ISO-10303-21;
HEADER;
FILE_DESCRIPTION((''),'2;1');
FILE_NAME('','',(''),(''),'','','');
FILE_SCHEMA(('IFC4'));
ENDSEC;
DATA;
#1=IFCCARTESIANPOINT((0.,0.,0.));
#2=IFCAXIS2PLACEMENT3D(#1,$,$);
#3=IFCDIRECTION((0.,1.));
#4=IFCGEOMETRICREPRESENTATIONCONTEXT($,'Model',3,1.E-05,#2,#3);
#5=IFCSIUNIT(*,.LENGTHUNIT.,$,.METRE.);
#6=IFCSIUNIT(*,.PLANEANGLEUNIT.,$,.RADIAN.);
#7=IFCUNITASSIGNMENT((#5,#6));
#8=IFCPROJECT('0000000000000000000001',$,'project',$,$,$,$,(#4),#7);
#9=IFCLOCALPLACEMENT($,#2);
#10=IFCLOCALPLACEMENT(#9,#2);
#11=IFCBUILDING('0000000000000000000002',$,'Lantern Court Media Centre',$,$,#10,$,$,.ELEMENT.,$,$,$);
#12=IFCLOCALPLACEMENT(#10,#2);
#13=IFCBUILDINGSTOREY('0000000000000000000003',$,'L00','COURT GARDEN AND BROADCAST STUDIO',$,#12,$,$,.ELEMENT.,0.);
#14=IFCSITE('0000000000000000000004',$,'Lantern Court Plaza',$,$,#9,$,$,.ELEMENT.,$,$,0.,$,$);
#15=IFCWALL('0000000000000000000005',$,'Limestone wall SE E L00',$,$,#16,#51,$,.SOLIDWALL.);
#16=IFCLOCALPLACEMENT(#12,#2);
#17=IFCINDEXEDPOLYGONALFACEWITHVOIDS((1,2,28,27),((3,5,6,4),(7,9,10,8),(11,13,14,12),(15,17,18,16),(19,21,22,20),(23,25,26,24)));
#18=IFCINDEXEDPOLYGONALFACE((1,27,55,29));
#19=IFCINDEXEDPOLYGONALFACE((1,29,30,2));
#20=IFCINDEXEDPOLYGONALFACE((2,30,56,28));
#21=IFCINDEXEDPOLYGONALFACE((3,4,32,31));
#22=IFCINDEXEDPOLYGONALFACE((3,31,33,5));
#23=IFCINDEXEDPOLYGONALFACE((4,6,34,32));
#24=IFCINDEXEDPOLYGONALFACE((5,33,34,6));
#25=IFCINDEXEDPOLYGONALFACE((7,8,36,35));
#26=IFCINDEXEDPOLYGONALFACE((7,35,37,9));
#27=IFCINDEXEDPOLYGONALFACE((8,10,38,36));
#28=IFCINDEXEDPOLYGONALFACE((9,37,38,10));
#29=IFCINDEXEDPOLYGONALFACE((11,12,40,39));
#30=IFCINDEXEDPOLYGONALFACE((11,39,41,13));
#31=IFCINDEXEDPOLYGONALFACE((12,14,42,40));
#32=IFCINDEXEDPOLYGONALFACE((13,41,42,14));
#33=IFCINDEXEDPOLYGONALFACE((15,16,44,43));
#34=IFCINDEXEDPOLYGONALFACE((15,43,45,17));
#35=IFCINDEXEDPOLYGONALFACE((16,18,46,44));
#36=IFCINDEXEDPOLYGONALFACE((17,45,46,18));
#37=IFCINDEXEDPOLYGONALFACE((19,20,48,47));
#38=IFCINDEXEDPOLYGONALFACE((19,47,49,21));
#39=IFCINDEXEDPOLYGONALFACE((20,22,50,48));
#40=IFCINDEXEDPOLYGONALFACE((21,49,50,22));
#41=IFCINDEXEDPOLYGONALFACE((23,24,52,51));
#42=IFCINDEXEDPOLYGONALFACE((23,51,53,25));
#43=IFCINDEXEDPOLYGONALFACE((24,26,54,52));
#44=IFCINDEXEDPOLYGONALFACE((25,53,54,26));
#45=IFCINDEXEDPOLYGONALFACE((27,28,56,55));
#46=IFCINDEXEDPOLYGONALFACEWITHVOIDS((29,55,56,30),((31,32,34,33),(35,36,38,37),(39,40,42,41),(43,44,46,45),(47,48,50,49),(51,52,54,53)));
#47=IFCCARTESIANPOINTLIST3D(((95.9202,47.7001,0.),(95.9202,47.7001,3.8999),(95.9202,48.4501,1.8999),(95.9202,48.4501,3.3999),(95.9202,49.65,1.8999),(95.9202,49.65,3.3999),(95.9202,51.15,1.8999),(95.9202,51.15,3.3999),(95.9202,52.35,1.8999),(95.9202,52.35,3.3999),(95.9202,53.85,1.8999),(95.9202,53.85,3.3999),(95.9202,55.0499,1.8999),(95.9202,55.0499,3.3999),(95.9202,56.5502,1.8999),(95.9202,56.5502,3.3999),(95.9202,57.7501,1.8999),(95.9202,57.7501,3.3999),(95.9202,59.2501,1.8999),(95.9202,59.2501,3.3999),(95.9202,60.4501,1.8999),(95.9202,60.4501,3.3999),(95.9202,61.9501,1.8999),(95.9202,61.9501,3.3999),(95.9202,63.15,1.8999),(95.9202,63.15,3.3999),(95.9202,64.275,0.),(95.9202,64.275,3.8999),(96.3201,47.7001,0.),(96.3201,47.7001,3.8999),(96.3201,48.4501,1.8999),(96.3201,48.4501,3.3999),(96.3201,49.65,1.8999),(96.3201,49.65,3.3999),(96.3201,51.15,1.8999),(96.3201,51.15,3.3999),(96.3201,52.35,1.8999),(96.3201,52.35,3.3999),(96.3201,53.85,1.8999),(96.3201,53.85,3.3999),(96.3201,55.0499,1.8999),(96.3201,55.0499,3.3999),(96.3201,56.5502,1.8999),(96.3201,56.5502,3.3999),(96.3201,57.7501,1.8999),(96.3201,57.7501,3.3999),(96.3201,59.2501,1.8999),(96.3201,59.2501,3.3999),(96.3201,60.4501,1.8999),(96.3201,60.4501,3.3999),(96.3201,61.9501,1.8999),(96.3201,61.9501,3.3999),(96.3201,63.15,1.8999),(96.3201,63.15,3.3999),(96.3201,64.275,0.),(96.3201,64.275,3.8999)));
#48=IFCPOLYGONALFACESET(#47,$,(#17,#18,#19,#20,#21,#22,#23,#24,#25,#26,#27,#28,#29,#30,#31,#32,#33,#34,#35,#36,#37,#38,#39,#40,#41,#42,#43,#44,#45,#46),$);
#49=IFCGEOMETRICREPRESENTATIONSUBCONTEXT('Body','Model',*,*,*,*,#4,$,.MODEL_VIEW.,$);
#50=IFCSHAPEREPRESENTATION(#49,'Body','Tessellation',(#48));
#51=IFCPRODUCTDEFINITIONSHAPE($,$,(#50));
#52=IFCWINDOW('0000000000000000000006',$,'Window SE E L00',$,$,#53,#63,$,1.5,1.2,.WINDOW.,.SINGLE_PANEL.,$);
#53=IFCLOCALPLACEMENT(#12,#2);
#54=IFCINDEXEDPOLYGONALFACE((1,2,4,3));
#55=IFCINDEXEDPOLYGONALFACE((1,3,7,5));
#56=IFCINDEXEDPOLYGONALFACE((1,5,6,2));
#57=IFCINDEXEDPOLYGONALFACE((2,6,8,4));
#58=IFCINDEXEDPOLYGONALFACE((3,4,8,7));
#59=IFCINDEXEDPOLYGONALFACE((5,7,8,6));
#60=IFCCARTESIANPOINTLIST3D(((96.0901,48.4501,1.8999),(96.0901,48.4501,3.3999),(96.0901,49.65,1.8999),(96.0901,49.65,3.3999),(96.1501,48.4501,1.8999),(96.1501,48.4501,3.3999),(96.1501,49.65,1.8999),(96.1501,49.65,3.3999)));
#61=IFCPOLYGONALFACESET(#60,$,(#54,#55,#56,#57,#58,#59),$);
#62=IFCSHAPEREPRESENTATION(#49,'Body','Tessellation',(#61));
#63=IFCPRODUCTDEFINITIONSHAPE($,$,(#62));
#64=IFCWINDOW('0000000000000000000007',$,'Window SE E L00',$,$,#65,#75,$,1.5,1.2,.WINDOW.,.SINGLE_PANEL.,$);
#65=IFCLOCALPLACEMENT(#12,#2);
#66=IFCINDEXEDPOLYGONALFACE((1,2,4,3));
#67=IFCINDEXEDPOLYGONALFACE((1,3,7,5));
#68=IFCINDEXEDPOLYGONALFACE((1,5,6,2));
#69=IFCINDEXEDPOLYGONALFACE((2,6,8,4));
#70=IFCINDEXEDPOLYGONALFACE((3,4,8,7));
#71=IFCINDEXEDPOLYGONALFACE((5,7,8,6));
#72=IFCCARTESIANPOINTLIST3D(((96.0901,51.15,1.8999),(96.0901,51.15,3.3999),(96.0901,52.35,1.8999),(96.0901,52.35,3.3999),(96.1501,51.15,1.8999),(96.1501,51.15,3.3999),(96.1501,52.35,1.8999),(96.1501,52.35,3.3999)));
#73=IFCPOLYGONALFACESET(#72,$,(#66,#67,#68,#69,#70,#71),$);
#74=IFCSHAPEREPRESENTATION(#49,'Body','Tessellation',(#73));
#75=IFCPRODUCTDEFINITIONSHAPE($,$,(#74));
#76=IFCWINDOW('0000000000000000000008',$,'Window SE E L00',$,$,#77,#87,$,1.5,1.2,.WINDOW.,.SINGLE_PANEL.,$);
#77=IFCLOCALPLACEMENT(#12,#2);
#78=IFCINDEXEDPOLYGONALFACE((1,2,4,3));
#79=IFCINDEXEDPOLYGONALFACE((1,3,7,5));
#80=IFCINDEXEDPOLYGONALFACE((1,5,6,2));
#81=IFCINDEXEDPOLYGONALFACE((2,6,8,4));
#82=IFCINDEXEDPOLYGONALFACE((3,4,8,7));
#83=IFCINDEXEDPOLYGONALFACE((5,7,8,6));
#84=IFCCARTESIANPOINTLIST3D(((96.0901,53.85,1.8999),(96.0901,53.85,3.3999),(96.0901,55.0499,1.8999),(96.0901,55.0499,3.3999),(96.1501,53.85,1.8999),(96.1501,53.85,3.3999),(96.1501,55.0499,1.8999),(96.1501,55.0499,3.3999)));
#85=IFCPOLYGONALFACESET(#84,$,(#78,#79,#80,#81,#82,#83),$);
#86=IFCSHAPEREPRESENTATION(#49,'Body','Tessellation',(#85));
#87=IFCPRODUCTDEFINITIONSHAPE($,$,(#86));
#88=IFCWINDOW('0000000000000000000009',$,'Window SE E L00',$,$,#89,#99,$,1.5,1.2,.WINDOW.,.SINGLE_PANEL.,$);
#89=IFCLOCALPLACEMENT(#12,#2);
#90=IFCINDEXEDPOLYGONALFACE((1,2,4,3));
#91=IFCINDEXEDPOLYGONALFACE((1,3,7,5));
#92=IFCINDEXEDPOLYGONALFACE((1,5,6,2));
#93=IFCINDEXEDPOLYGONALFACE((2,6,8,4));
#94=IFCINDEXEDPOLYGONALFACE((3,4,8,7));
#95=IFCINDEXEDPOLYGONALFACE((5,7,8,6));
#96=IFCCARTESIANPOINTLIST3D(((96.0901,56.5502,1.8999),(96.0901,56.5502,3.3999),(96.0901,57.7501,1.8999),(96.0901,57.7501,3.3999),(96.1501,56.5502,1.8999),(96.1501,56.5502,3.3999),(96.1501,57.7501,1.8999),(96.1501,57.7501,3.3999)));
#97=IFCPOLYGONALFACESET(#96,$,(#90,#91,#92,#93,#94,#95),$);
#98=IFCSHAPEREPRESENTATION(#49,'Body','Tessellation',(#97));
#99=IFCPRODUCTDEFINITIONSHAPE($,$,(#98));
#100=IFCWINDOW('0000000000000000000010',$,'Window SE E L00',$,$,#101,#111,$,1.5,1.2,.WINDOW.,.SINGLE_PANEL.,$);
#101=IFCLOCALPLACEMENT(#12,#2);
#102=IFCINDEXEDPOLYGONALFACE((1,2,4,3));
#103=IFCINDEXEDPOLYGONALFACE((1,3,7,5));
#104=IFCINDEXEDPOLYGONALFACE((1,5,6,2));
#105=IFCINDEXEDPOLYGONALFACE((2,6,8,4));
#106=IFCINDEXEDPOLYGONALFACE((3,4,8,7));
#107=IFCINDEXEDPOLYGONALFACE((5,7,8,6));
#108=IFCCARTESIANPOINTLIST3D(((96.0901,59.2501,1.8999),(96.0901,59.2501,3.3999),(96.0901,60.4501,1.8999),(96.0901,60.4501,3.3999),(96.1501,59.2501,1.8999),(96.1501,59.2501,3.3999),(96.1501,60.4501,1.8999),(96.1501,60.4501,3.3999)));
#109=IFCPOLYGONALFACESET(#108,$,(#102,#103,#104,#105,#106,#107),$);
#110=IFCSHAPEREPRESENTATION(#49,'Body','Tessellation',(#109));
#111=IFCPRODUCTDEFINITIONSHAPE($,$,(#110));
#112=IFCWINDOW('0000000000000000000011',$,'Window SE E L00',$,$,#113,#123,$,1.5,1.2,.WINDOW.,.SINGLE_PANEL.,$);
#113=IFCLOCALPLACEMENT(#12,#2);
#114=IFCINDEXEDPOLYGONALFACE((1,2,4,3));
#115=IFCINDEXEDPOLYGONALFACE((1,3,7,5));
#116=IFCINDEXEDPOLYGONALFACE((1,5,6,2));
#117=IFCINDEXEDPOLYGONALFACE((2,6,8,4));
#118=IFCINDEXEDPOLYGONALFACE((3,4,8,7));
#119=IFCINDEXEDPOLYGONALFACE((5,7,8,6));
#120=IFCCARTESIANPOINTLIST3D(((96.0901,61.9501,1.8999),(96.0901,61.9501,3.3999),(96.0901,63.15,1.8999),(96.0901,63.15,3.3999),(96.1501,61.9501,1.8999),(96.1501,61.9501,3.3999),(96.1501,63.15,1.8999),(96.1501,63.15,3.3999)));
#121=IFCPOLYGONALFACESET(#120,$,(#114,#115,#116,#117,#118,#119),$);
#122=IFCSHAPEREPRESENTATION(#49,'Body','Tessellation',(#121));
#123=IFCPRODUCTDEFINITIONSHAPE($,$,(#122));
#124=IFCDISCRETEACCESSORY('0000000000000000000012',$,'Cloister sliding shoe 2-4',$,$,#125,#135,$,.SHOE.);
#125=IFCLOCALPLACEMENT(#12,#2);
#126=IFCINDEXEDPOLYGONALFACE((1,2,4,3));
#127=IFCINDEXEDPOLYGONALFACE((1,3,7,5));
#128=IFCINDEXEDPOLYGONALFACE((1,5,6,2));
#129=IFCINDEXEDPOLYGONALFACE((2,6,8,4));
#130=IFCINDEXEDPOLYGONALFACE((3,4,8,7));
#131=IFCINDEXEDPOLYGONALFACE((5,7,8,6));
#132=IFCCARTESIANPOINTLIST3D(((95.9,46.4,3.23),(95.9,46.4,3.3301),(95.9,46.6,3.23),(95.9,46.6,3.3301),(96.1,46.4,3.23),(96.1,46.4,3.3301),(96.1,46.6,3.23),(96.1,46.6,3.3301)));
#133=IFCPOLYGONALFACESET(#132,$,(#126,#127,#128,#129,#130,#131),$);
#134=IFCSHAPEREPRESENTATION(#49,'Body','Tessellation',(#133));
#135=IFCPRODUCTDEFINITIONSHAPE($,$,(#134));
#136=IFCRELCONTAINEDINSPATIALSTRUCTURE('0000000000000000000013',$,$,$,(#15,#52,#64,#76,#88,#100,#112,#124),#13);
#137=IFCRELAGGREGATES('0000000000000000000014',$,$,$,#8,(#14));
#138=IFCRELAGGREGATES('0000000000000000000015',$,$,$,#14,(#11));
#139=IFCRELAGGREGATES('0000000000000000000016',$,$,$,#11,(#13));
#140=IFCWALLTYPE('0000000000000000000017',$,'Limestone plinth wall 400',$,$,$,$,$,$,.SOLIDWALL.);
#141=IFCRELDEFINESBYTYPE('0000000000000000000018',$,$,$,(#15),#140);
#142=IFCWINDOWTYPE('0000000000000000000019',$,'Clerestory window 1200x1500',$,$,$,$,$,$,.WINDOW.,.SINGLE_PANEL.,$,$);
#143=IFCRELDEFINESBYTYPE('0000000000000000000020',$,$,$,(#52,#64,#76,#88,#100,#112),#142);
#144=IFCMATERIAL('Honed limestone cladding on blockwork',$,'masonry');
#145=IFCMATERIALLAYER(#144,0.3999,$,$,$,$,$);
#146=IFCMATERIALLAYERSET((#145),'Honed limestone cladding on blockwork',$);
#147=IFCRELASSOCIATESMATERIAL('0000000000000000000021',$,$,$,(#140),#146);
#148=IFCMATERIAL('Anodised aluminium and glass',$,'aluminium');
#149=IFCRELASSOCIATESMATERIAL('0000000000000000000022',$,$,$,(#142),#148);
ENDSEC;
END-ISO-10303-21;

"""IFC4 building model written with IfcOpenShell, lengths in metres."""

from ifc_helpers import new_model, si_unit, direction, frame, frame_2d, origin, origin_2d, place, context, subcontext, project, spatial, rectangle, extrude, material, layer, layer_set, type_object, element, fill, save


model = new_model("IFC4")

# Units and contexts
model_context = context("Model", 3, precision=1e-05, world=origin(), true_north=direction((0.0, 1.0)))
body_context = subcontext(model_context, "Body", "Model", "MODEL_VIEW")
ifc_project = project(units=[si_unit("LENGTHUNIT", "METRE"), si_unit("PLANEANGLEUNIT", "RADIAN")], contexts=[model_context])

# Site, building, storey
site_placement = place(None, origin())
site = spatial("IfcSite", under=ifc_project, at=site_placement, Name="Lantern Court Plaza", CompositionType="ELEMENT", RefElevation=0.0)
building_placement = place(site_placement, origin())
building = spatial("IfcBuilding", under=site, at=building_placement, Name="Lantern Court Media Centre", CompositionType="ELEMENT")
storey_placement = place(building_placement, origin())
storey = spatial("IfcBuildingStorey", under=building, at=storey_placement, Name="L00", Description="COURT GARDEN AND BROADCAST STUDIO", CompositionType="ELEMENT", Elevation=0.0)

# Wall, openings, windows
ifc_material_1 = material(Name="Honed limestone cladding on blockwork", Category="masonry")
ifc_layer_1 = layer(ifc_material_1, 0.3999)
ifc_layer_set_1 = layer_set([ifc_layer_1], Name="Honed limestone cladding on blockwork")
wall_type = type_object("IfcWallType", Name="Limestone plinth wall 400", PredefinedType="SOLIDWALL", material=ifc_layer_set_1)
wall_placement = place(storey_placement, frame((96.1201, 47.7, 0.0), z_axis=(0.0, 0.0, 1.0), x_axis=(0.0, 1.0, 0.0)))
wall = element("IfcWall", 1, at=wall_placement, inside=storey, type_object=wall_type, Name="Limestone wall SE E L00", PredefinedType="SOLIDWALL", context=body_context, shape_type="SweptSolid", body=[
    extrude(rectangle(XDim=16.575, YDim=0.3999, at=frame_2d((8.2876, 0.0))), origin(), (0.0, 0.0, 1.0), 3.8999),
])
opening_1_placement = place(wall_placement, frame((0.75, 0.0, 1.8999)))
opening_1 = element("IfcOpeningElement", 2, at=opening_1_placement, cuts=wall, PredefinedType="OPENING", context=body_context, shape_type="SweptSolid", body=[
    extrude(rectangle(XDim=1.2, YDim=1.5, at=frame_2d((0.6001, 0.75))), frame((0.0, 0.21, 0.0), z_axis=(0.0, -1.0, 0.0), x_axis=(1.0, 0.0, 0.0)), (0.0, 0.0, 1.0), 0.4199),
])
opening_2_placement = place(wall_placement, frame((3.45, 0.0, 1.8999)))
opening_2 = element("IfcOpeningElement", 3, at=opening_2_placement, cuts=wall, PredefinedType="OPENING", context=body_context, shape_type="SweptSolid", body=[
    extrude(rectangle(XDim=1.2, YDim=1.5, at=frame_2d((0.6001, 0.75))), frame((0.0, 0.21, 0.0), z_axis=(0.0, -1.0, 0.0), x_axis=(1.0, 0.0, 0.0)), (0.0, 0.0, 1.0), 0.4199),
])
opening_3_placement = place(wall_placement, frame((6.1499, 0.0, 1.8999)))
opening_3 = element("IfcOpeningElement", 4, at=opening_3_placement, cuts=wall, PredefinedType="OPENING", context=body_context, shape_type="SweptSolid", body=[
    extrude(rectangle(XDim=1.2, YDim=1.5, at=frame_2d((0.6001, 0.75))), frame((0.0, 0.21, 0.0), z_axis=(0.0, -1.0, 0.0), x_axis=(1.0, 0.0, 0.0)), (0.0, 0.0, 1.0), 0.4199),
])
opening_4_placement = place(wall_placement, frame((8.8501, 0.0, 1.8999)))
opening_4 = element("IfcOpeningElement", 5, at=opening_4_placement, cuts=wall, PredefinedType="OPENING", context=body_context, shape_type="SweptSolid", body=[
    extrude(rectangle(XDim=1.2, YDim=1.5, at=frame_2d((0.6001, 0.75))), frame((0.0, 0.21, 0.0), z_axis=(0.0, -1.0, 0.0), x_axis=(1.0, 0.0, 0.0)), (0.0, 0.0, 1.0), 0.4199),
])
opening_5_placement = place(wall_placement, frame((11.55, 0.0, 1.8999)))
opening_5 = element("IfcOpeningElement", 6, at=opening_5_placement, cuts=wall, PredefinedType="OPENING", context=body_context, shape_type="SweptSolid", body=[
    extrude(rectangle(XDim=1.2, YDim=1.5, at=frame_2d((0.6001, 0.75))), frame((0.0, 0.21, 0.0), z_axis=(0.0, -1.0, 0.0), x_axis=(1.0, 0.0, 0.0)), (0.0, 0.0, 1.0), 0.4199),
])
opening_6_placement = place(wall_placement, frame((14.25, 0.0, 1.8999)))
opening_6 = element("IfcOpeningElement", 7, at=opening_6_placement, cuts=wall, PredefinedType="OPENING", context=body_context, shape_type="SweptSolid", body=[
    extrude(rectangle(XDim=1.2, YDim=1.5, at=frame_2d((0.6001, 0.75))), frame((0.0, 0.21, 0.0), z_axis=(0.0, -1.0, 0.0), x_axis=(1.0, 0.0, 0.0)), (0.0, 0.0, 1.0), 0.4199),
])
ifc_material_2 = material(Name="Anodised aluminium and glass", Category="aluminium")
window_type = type_object("IfcWindowType", Name="Clerestory window 1200x1500", PartitioningType="SINGLE_PANEL", PredefinedType="WINDOW", material=ifc_material_2)
window_1_placement = place(opening_1_placement, origin())
window_1 = element("IfcWindow", 8, at=window_1_placement, inside=storey, type_object=window_type, Name="Window SE E L00", OverallHeight=1.5, OverallWidth=1.2, PartitioningType="SINGLE_PANEL", PredefinedType="WINDOW", context=body_context, shape_type="SweptSolid", body=[
    extrude(rectangle(XDim=1.2, YDim=1.5, at=frame_2d((0.6001, 0.75))), frame((0.0, 0.03, 0.0), z_axis=(0.0, -1.0, 0.0), x_axis=(1.0, 0.0, 0.0)), (0.0, 0.0, 1.0), 0.0601),
])
fill(opening_1, window_1)
window_2_placement = place(opening_2_placement, origin())
window_2 = element("IfcWindow", 9, at=window_2_placement, inside=storey, type_object=window_type, Name="Window SE E L00", OverallHeight=1.5, OverallWidth=1.2, PartitioningType="SINGLE_PANEL", PredefinedType="WINDOW", context=body_context, shape_type="SweptSolid", body=[
    extrude(rectangle(XDim=1.2, YDim=1.5, at=frame_2d((0.6001, 0.75))), frame((0.0, 0.03, 0.0), z_axis=(0.0, -1.0, 0.0), x_axis=(1.0, 0.0, 0.0)), (0.0, 0.0, 1.0), 0.0601),
])
fill(opening_2, window_2)
window_3_placement = place(opening_3_placement, origin())
window_3 = element("IfcWindow", 10, at=window_3_placement, inside=storey, type_object=window_type, Name="Window SE E L00", OverallHeight=1.5, OverallWidth=1.2, PartitioningType="SINGLE_PANEL", PredefinedType="WINDOW", context=body_context, shape_type="SweptSolid", body=[
    extrude(rectangle(XDim=1.2, YDim=1.5, at=frame_2d((0.6001, 0.75))), frame((0.0, 0.03, 0.0), z_axis=(0.0, -1.0, 0.0), x_axis=(1.0, 0.0, 0.0)), (0.0, 0.0, 1.0), 0.0601),
])
fill(opening_3, window_3)
window_4_placement = place(opening_4_placement, origin())
window_4 = element("IfcWindow", 11, at=window_4_placement, inside=storey, type_object=window_type, Name="Window SE E L00", OverallHeight=1.5, OverallWidth=1.2, PartitioningType="SINGLE_PANEL", PredefinedType="WINDOW", context=body_context, shape_type="SweptSolid", body=[
    extrude(rectangle(XDim=1.2, YDim=1.5, at=frame_2d((0.6001, 0.75))), frame((0.0, 0.03, 0.0), z_axis=(0.0, -1.0, 0.0), x_axis=(1.0, 0.0, 0.0)), (0.0, 0.0, 1.0), 0.0601),
])
fill(opening_4, window_4)
window_5_placement = place(opening_5_placement, origin())
window_5 = element("IfcWindow", 12, at=window_5_placement, inside=storey, type_object=window_type, Name="Window SE E L00", OverallHeight=1.5, OverallWidth=1.2, PartitioningType="SINGLE_PANEL", PredefinedType="WINDOW", context=body_context, shape_type="SweptSolid", body=[
    extrude(rectangle(XDim=1.2, YDim=1.5, at=frame_2d((0.6001, 0.75))), frame((0.0, 0.03, 0.0), z_axis=(0.0, -1.0, 0.0), x_axis=(1.0, 0.0, 0.0)), (0.0, 0.0, 1.0), 0.0601),
])
fill(opening_5, window_5)
window_6_placement = place(opening_6_placement, origin())
window_6 = element("IfcWindow", 13, at=window_6_placement, inside=storey, type_object=window_type, Name="Window SE E L00", OverallHeight=1.5, OverallWidth=1.2, PartitioningType="SINGLE_PANEL", PredefinedType="WINDOW", context=body_context, shape_type="SweptSolid", body=[
    extrude(rectangle(XDim=1.2, YDim=1.5, at=frame_2d((0.6001, 0.75))), frame((0.0, 0.03, 0.0), z_axis=(0.0, -1.0, 0.0), x_axis=(1.0, 0.0, 0.0)), (0.0, 0.0, 1.0), 0.0601),
])
fill(opening_6, window_6)

# Discrete accessory
discrete_accessory_placement = place(storey_placement, frame((96.0, 46.5, 3.23), z_axis=(0.0, 0.0, 1.0), x_axis=(1.0, 0.0, 0.0)))
element("IfcDiscreteAccessory", 14, at=discrete_accessory_placement, inside=storey, Name="Cloister sliding shoe 2-4", PredefinedType="SHOE", context=body_context, shape_type="SweptSolid", body=[
    extrude(rectangle(XDim=0.2, YDim=0.2, at=origin_2d()), origin(), (0.0, 0.0, 1.0), 0.1001),
])

save(model, "model.ifc")
